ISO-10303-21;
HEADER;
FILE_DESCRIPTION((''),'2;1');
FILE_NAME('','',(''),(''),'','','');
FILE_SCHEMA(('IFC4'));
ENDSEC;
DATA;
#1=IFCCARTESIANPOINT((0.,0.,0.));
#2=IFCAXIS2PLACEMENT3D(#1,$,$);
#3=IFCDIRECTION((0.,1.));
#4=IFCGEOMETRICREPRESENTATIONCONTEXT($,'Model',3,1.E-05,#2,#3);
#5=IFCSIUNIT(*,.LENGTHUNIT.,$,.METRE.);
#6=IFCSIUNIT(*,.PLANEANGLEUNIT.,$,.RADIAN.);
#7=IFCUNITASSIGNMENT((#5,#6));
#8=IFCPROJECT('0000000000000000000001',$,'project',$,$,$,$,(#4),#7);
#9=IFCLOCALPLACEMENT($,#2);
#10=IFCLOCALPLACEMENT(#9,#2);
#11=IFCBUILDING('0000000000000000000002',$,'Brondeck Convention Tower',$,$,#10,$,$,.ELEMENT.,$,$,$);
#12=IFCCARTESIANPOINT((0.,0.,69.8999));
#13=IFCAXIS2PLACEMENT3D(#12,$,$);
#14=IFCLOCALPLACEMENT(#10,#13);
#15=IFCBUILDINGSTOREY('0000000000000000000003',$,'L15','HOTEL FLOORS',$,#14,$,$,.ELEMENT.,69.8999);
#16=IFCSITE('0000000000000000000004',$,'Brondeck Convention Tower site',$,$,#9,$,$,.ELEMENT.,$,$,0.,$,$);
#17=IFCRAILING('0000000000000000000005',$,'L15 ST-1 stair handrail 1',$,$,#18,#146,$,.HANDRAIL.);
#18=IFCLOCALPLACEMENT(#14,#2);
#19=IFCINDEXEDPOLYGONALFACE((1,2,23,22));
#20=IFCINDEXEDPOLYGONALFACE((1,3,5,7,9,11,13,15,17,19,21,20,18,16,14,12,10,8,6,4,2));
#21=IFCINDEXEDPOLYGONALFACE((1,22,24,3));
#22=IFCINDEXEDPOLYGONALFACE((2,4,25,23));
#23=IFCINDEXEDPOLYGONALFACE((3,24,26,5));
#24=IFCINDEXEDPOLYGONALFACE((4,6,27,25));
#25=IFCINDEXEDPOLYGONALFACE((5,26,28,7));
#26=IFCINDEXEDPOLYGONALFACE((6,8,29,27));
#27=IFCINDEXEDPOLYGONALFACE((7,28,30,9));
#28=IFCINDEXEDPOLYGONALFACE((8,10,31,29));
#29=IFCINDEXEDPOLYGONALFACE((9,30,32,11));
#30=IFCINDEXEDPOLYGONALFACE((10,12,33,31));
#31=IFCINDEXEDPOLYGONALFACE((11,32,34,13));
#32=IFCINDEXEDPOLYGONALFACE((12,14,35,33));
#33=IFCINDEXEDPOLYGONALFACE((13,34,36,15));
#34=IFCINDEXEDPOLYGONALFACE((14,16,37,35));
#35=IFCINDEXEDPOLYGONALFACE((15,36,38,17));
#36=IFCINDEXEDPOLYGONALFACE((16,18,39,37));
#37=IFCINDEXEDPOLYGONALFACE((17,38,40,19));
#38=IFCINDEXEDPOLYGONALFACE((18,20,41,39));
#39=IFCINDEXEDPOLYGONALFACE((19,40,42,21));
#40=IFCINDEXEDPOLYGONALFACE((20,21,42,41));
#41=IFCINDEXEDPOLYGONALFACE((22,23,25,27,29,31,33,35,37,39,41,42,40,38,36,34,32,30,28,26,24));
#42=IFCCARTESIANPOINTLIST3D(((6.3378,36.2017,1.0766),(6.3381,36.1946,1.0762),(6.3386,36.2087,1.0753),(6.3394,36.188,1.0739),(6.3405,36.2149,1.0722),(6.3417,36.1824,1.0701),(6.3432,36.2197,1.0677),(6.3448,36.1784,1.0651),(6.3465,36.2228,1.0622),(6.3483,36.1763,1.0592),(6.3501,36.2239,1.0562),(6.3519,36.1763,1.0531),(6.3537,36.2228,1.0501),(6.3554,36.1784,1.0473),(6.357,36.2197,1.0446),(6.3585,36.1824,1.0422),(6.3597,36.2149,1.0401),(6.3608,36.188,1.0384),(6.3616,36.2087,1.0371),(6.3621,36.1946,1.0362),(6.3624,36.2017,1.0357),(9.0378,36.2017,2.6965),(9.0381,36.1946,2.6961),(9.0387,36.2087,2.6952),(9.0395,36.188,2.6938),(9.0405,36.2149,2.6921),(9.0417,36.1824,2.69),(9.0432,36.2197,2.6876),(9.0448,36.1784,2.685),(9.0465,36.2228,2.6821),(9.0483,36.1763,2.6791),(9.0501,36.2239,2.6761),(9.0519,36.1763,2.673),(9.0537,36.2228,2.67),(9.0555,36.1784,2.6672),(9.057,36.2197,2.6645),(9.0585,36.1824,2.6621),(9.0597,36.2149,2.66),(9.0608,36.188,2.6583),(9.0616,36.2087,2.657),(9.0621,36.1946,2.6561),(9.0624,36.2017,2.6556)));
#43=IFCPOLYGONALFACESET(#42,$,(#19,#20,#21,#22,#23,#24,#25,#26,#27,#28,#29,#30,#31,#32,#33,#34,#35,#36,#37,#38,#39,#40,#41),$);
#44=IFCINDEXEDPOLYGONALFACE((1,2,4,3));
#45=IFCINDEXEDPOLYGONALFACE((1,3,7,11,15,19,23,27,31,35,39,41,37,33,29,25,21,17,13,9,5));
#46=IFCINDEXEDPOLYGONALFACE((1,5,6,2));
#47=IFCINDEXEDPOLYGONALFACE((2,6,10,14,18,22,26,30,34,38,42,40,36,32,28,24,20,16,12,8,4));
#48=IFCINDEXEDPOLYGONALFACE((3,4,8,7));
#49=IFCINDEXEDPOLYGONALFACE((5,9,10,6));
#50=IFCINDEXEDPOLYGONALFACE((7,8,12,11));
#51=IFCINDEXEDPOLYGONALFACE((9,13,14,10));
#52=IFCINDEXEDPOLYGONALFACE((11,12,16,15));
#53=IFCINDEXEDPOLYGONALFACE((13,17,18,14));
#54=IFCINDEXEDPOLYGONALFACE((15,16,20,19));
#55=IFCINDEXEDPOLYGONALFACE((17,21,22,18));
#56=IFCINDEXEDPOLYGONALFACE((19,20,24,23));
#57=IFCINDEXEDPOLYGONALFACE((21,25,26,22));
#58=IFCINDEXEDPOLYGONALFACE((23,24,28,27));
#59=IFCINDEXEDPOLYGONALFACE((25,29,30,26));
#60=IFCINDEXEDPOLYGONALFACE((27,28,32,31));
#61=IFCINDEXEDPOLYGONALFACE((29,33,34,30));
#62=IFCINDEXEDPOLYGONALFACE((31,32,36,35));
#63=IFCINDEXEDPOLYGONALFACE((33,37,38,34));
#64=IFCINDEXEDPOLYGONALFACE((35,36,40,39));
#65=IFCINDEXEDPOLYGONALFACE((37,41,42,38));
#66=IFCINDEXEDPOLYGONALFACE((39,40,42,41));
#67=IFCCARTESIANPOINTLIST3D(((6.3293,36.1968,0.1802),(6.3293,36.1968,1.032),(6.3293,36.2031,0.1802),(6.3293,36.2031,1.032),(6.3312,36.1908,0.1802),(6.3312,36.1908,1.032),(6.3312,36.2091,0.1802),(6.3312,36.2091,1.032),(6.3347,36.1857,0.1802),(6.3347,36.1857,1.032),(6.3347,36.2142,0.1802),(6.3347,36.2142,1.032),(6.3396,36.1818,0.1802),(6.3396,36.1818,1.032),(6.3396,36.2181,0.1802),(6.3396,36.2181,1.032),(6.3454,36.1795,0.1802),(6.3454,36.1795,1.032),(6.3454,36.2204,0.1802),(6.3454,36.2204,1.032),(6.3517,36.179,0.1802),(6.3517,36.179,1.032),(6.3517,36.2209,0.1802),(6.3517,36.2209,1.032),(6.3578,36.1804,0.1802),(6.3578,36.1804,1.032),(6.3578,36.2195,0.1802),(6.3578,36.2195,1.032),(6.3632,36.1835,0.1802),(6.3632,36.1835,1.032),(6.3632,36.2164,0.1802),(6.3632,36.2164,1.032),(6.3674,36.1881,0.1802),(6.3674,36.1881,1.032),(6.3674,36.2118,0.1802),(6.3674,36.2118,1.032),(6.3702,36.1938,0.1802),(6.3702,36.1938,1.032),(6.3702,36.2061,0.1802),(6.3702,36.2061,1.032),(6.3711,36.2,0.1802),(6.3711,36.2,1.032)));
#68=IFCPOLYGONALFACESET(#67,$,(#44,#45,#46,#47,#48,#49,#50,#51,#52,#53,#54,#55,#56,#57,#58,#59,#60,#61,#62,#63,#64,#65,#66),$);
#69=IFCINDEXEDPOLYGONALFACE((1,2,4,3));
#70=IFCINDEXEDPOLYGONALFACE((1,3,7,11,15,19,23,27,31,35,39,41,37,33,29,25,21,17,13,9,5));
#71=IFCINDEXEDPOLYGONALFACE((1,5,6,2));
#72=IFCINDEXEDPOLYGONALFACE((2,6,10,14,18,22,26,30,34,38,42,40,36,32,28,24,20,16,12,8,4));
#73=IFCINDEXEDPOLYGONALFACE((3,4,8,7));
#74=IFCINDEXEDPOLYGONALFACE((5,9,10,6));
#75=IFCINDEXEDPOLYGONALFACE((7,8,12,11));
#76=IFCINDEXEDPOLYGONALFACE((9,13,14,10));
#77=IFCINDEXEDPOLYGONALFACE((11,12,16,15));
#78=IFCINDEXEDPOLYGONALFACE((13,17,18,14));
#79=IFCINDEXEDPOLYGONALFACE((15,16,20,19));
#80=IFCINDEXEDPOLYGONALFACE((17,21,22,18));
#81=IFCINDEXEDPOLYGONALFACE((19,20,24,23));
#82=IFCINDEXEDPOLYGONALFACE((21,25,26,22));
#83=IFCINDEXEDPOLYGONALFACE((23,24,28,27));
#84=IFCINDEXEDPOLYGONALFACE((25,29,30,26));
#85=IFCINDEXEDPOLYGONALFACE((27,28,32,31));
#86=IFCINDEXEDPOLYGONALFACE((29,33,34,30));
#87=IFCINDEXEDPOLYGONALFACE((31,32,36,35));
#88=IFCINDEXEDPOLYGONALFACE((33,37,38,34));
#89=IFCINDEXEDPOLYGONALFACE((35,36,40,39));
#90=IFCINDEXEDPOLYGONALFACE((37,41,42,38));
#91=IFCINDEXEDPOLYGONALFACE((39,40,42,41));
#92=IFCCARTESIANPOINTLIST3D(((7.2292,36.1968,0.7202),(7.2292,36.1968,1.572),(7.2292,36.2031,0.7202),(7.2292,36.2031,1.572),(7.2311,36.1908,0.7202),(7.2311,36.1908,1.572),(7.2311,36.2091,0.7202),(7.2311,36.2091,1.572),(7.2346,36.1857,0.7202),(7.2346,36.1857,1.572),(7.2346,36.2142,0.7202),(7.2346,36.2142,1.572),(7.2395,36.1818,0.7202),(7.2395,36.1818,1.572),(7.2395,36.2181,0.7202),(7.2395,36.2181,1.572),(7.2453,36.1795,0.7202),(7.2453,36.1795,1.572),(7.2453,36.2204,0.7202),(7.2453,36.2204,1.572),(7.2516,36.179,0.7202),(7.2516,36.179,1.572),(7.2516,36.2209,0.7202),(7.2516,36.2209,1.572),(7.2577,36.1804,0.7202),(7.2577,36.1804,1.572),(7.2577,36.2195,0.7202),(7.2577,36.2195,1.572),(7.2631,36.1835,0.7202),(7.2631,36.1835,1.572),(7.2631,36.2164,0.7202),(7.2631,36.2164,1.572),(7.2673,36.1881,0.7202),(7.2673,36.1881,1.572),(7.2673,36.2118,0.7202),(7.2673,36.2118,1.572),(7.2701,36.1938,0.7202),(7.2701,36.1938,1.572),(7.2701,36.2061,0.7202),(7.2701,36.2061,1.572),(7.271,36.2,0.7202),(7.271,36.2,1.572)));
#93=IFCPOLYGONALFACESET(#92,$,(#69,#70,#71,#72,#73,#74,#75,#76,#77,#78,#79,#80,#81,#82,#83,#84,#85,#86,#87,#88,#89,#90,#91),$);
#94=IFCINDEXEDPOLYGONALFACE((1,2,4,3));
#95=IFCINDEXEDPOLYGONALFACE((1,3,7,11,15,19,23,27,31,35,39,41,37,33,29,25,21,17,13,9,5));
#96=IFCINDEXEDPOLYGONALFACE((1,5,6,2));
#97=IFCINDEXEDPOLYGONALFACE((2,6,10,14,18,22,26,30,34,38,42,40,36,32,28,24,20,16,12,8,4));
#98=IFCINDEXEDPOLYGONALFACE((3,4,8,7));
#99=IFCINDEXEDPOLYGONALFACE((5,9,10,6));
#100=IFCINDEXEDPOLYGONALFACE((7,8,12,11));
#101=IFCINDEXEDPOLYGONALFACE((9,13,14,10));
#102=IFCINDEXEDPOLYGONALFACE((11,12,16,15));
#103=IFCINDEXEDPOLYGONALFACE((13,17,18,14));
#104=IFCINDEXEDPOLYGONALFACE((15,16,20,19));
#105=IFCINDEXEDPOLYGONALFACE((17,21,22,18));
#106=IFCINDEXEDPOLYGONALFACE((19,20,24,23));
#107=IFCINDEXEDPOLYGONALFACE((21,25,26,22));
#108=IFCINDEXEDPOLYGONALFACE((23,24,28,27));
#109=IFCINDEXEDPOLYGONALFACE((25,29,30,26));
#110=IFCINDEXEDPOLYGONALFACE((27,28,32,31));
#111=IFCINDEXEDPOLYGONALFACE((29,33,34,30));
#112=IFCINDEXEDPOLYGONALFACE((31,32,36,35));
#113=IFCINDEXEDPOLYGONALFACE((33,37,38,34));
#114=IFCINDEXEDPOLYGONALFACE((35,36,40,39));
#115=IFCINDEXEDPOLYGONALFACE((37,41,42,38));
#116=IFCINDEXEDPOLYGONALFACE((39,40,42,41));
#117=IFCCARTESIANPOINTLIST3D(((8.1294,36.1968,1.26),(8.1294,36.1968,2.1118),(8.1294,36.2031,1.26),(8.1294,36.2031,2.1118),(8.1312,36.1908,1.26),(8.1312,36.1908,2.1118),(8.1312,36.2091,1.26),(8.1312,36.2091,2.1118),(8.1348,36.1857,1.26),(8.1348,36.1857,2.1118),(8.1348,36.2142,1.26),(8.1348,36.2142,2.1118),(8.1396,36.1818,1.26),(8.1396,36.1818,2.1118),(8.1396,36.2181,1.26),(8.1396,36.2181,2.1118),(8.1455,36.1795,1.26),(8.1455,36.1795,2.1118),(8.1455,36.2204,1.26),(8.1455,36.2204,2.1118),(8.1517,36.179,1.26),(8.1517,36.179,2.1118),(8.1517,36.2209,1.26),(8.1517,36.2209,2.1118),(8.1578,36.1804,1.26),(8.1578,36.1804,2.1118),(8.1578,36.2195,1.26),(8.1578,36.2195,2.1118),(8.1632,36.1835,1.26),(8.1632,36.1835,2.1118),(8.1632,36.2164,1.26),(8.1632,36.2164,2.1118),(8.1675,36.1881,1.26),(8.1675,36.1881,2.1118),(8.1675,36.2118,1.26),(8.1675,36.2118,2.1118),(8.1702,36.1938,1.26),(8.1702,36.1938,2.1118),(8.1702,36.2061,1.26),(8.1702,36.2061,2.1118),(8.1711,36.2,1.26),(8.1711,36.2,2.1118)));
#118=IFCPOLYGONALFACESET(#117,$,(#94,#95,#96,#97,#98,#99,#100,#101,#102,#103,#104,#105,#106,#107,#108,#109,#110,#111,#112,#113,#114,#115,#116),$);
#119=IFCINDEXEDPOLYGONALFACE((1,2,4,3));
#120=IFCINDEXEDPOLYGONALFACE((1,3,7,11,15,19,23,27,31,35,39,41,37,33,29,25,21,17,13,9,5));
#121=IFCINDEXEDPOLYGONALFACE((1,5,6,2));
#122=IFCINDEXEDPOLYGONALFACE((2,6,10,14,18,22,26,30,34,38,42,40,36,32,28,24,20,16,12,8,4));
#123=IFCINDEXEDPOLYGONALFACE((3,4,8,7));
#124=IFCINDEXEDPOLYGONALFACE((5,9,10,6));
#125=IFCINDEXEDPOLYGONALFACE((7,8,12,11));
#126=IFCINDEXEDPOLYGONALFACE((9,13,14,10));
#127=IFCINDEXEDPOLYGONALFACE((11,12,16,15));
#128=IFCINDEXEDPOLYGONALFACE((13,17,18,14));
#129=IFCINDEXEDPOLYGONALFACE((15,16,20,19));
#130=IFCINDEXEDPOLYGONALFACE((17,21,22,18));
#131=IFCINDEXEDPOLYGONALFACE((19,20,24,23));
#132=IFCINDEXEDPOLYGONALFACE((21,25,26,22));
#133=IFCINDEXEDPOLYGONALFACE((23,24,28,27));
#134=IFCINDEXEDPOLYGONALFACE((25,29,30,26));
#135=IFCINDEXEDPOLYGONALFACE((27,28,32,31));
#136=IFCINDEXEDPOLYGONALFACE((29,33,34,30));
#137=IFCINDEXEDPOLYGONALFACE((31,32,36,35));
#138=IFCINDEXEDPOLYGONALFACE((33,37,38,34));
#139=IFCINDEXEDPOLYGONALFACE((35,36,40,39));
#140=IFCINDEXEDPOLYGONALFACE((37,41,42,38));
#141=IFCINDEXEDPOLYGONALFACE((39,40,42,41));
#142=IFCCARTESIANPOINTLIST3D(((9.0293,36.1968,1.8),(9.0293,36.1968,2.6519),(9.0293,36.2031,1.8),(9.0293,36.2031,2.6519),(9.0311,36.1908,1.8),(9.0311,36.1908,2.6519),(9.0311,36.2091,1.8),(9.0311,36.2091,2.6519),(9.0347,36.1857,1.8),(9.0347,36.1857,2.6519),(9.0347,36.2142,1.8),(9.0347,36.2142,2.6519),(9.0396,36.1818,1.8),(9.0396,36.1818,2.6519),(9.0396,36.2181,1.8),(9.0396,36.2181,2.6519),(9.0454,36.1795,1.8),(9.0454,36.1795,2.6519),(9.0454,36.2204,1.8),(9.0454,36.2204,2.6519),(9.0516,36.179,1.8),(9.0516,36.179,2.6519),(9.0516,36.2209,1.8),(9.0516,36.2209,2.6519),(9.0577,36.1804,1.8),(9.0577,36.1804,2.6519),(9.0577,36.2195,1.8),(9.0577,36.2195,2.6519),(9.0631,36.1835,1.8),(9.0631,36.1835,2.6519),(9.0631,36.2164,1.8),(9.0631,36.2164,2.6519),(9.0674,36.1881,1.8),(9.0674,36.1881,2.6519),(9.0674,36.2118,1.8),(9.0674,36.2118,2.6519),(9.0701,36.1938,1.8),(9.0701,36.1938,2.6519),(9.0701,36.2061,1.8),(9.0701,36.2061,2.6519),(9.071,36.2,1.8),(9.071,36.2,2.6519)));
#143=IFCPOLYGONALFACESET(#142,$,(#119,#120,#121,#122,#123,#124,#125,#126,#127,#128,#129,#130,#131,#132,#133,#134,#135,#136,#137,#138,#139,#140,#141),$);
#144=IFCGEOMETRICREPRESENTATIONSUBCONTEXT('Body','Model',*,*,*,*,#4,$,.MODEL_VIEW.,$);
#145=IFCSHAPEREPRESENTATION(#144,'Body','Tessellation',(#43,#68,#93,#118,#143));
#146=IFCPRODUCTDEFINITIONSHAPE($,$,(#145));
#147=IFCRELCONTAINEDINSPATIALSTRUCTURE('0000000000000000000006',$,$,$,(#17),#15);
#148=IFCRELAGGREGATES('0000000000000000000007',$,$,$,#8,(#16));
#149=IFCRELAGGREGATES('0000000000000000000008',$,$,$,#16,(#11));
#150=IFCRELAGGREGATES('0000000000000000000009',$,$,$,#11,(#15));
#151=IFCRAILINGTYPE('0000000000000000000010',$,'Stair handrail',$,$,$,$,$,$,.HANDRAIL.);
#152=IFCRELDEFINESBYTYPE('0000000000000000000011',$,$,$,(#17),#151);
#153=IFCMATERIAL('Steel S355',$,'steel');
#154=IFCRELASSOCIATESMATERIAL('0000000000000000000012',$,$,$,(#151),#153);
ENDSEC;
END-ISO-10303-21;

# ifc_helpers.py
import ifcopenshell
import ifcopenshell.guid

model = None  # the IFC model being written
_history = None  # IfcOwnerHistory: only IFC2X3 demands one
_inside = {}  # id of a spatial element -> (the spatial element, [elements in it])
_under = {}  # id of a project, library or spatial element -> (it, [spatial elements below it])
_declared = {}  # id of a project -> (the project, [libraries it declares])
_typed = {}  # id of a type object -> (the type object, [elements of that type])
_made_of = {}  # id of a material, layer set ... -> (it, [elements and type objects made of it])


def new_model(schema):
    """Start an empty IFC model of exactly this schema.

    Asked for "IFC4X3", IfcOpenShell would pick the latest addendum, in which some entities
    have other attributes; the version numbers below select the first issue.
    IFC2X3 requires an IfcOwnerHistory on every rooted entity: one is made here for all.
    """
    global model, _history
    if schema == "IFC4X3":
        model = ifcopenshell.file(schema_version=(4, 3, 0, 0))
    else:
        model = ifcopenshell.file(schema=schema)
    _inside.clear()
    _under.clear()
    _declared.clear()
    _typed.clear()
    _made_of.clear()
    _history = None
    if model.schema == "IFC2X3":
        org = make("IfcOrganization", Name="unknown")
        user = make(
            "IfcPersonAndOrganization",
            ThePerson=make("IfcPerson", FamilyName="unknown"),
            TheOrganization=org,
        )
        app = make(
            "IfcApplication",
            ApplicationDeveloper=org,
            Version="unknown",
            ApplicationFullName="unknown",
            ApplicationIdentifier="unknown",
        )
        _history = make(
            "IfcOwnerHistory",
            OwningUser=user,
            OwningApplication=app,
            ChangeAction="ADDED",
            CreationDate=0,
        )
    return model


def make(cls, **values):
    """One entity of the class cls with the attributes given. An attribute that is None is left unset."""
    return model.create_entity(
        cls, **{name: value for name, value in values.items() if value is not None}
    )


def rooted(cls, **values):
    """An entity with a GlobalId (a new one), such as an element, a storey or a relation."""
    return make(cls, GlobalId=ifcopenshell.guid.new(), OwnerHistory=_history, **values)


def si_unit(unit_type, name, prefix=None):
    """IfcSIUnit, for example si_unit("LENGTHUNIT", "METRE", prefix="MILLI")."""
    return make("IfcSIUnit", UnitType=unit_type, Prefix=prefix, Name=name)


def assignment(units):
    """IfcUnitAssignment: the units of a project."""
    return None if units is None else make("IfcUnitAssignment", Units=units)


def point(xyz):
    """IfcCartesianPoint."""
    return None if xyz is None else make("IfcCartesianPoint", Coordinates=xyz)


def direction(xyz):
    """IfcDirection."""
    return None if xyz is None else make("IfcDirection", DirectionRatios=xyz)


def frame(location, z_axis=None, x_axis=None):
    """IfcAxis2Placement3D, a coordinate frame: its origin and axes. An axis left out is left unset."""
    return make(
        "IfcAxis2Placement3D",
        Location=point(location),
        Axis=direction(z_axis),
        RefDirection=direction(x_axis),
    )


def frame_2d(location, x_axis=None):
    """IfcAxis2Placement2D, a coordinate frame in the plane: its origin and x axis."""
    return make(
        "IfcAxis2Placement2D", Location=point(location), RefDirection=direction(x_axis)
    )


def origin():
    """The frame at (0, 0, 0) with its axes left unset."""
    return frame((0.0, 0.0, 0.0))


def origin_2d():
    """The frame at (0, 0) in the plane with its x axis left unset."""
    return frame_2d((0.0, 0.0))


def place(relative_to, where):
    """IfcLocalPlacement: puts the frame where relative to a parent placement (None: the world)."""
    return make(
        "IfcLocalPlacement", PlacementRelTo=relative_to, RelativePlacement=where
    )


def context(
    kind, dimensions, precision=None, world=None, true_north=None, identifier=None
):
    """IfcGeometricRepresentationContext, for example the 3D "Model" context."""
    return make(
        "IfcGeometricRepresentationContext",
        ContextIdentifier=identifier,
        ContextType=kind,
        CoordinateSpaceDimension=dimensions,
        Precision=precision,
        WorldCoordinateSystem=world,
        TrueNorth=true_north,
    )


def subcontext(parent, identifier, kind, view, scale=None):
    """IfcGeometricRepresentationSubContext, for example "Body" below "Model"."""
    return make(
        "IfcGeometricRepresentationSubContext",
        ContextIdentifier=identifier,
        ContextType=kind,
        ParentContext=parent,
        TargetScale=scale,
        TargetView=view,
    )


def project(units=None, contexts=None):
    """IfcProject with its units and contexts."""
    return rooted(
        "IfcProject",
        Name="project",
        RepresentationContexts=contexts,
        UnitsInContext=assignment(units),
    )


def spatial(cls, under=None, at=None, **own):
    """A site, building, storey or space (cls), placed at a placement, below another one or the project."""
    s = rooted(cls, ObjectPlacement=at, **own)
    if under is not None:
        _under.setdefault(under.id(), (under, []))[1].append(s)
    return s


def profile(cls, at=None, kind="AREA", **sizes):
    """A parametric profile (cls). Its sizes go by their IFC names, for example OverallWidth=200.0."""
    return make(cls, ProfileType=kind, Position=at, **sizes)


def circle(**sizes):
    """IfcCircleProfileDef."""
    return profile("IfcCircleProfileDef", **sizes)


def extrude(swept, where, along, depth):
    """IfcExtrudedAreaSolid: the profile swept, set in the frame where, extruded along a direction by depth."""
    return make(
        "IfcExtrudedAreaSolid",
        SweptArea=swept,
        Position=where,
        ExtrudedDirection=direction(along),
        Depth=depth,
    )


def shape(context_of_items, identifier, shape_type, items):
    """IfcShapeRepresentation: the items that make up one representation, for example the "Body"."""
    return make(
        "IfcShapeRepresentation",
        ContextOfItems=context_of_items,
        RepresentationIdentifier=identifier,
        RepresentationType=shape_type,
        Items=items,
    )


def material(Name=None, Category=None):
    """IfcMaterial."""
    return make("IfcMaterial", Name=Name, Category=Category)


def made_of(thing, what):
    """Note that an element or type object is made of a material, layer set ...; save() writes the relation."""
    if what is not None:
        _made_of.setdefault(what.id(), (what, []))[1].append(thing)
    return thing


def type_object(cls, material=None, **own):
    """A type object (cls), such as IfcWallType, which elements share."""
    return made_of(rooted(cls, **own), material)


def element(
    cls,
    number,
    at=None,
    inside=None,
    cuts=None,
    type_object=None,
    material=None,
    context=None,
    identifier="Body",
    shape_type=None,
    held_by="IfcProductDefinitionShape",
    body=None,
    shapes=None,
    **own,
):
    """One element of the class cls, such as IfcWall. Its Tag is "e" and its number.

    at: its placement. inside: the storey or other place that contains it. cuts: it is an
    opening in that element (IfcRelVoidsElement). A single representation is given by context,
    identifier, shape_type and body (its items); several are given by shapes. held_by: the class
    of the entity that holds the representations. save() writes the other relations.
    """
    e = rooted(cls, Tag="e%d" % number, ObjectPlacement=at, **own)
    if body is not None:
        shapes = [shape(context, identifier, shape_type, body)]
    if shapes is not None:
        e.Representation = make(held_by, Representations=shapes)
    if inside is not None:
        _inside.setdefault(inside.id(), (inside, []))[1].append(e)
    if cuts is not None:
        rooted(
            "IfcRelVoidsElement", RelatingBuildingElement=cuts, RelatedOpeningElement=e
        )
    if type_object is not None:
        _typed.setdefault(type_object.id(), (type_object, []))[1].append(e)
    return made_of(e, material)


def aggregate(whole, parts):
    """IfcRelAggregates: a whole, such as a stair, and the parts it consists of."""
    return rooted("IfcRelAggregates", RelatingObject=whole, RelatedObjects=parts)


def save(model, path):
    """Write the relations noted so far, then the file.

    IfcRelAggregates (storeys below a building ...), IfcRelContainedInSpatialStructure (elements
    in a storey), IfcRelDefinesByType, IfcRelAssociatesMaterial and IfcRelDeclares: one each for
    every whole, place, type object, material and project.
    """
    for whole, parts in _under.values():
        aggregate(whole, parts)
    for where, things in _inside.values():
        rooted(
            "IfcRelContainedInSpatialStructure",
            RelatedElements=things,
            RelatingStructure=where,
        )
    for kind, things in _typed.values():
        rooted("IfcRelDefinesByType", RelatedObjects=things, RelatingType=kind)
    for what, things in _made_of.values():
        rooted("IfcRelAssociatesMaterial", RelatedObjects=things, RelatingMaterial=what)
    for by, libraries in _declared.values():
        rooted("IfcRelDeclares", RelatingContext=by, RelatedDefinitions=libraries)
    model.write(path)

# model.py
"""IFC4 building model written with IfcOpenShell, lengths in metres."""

from ifc_helpers import new_model, si_unit, direction, frame, origin, origin_2d, place, context, subcontext, project, spatial, circle, extrude, material, type_object, element, save


model = new_model("IFC4")

# Units and contexts
model_context = context("Model", 3, precision=1e-05, world=origin(), true_north=direction((0.0, 1.0)))
body_context = subcontext(model_context, "Body", "Model", "MODEL_VIEW")
ifc_project = project(units=[si_unit("LENGTHUNIT", "METRE"), si_unit("PLANEANGLEUNIT", "RADIAN")], contexts=[model_context])

# Site, building, storey
site_placement = place(None, origin())
site = spatial("IfcSite", under=ifc_project, at=site_placement, Name="Brondeck Convention Tower site", CompositionType="ELEMENT", RefElevation=0.0)
building_placement = place(site_placement, origin())
building = spatial("IfcBuilding", under=site, at=building_placement, Name="Brondeck Convention Tower", CompositionType="ELEMENT")
storey_placement = place(building_placement, frame((0.0, 0.0, 69.8999)))
storey = spatial("IfcBuildingStorey", under=building, at=storey_placement, Name="L15", Description="HOTEL FLOORS", CompositionType="ELEMENT", Elevation=69.8999)

# Railing
ifc_material_1 = material(Name="Steel S355", Category="steel")
railing_type_1 = type_object("IfcRailingType", Name="Stair handrail", PredefinedType="HANDRAIL", material=ifc_material_1)
railing_1_placement = place(storey_placement, frame((6.3501, 36.2, 0.1802)))
element("IfcRailing", 1, at=railing_1_placement, inside=storey, type_object=railing_type_1, Name="L15 ST-1 stair handrail 1", PredefinedType="HANDRAIL", context=body_context, shape_type="SweptSolid", body=[
    extrude(circle(Radius=0.0239, at=origin_2d()), frame((0.0, 0.0, 0.876), z_axis=(0.857507, 0.0, 0.514473), x_axis=(0.0, 1.0, 0.0)), (0.0, 0.0, 1.0), 3.1487),
    extrude(circle(Radius=0.021, at=origin_2d()), origin(), (0.0, 0.0, 1.0), 0.8518),
    extrude(circle(Radius=0.021, at=origin_2d()), frame((0.8999, 0.0, 0.54)), (0.0, 0.0, 1.0), 0.8518),
    extrude(circle(Radius=0.021, at=origin_2d()), frame((1.8, 0.0, 1.0798)), (0.0, 0.0, 1.0), 0.8518),
    extrude(circle(Radius=0.021, at=origin_2d()), frame((2.7, 0.0, 1.6199)), (0.0, 0.0, 1.0), 0.8518),
])

save(model, "model.ifc")
